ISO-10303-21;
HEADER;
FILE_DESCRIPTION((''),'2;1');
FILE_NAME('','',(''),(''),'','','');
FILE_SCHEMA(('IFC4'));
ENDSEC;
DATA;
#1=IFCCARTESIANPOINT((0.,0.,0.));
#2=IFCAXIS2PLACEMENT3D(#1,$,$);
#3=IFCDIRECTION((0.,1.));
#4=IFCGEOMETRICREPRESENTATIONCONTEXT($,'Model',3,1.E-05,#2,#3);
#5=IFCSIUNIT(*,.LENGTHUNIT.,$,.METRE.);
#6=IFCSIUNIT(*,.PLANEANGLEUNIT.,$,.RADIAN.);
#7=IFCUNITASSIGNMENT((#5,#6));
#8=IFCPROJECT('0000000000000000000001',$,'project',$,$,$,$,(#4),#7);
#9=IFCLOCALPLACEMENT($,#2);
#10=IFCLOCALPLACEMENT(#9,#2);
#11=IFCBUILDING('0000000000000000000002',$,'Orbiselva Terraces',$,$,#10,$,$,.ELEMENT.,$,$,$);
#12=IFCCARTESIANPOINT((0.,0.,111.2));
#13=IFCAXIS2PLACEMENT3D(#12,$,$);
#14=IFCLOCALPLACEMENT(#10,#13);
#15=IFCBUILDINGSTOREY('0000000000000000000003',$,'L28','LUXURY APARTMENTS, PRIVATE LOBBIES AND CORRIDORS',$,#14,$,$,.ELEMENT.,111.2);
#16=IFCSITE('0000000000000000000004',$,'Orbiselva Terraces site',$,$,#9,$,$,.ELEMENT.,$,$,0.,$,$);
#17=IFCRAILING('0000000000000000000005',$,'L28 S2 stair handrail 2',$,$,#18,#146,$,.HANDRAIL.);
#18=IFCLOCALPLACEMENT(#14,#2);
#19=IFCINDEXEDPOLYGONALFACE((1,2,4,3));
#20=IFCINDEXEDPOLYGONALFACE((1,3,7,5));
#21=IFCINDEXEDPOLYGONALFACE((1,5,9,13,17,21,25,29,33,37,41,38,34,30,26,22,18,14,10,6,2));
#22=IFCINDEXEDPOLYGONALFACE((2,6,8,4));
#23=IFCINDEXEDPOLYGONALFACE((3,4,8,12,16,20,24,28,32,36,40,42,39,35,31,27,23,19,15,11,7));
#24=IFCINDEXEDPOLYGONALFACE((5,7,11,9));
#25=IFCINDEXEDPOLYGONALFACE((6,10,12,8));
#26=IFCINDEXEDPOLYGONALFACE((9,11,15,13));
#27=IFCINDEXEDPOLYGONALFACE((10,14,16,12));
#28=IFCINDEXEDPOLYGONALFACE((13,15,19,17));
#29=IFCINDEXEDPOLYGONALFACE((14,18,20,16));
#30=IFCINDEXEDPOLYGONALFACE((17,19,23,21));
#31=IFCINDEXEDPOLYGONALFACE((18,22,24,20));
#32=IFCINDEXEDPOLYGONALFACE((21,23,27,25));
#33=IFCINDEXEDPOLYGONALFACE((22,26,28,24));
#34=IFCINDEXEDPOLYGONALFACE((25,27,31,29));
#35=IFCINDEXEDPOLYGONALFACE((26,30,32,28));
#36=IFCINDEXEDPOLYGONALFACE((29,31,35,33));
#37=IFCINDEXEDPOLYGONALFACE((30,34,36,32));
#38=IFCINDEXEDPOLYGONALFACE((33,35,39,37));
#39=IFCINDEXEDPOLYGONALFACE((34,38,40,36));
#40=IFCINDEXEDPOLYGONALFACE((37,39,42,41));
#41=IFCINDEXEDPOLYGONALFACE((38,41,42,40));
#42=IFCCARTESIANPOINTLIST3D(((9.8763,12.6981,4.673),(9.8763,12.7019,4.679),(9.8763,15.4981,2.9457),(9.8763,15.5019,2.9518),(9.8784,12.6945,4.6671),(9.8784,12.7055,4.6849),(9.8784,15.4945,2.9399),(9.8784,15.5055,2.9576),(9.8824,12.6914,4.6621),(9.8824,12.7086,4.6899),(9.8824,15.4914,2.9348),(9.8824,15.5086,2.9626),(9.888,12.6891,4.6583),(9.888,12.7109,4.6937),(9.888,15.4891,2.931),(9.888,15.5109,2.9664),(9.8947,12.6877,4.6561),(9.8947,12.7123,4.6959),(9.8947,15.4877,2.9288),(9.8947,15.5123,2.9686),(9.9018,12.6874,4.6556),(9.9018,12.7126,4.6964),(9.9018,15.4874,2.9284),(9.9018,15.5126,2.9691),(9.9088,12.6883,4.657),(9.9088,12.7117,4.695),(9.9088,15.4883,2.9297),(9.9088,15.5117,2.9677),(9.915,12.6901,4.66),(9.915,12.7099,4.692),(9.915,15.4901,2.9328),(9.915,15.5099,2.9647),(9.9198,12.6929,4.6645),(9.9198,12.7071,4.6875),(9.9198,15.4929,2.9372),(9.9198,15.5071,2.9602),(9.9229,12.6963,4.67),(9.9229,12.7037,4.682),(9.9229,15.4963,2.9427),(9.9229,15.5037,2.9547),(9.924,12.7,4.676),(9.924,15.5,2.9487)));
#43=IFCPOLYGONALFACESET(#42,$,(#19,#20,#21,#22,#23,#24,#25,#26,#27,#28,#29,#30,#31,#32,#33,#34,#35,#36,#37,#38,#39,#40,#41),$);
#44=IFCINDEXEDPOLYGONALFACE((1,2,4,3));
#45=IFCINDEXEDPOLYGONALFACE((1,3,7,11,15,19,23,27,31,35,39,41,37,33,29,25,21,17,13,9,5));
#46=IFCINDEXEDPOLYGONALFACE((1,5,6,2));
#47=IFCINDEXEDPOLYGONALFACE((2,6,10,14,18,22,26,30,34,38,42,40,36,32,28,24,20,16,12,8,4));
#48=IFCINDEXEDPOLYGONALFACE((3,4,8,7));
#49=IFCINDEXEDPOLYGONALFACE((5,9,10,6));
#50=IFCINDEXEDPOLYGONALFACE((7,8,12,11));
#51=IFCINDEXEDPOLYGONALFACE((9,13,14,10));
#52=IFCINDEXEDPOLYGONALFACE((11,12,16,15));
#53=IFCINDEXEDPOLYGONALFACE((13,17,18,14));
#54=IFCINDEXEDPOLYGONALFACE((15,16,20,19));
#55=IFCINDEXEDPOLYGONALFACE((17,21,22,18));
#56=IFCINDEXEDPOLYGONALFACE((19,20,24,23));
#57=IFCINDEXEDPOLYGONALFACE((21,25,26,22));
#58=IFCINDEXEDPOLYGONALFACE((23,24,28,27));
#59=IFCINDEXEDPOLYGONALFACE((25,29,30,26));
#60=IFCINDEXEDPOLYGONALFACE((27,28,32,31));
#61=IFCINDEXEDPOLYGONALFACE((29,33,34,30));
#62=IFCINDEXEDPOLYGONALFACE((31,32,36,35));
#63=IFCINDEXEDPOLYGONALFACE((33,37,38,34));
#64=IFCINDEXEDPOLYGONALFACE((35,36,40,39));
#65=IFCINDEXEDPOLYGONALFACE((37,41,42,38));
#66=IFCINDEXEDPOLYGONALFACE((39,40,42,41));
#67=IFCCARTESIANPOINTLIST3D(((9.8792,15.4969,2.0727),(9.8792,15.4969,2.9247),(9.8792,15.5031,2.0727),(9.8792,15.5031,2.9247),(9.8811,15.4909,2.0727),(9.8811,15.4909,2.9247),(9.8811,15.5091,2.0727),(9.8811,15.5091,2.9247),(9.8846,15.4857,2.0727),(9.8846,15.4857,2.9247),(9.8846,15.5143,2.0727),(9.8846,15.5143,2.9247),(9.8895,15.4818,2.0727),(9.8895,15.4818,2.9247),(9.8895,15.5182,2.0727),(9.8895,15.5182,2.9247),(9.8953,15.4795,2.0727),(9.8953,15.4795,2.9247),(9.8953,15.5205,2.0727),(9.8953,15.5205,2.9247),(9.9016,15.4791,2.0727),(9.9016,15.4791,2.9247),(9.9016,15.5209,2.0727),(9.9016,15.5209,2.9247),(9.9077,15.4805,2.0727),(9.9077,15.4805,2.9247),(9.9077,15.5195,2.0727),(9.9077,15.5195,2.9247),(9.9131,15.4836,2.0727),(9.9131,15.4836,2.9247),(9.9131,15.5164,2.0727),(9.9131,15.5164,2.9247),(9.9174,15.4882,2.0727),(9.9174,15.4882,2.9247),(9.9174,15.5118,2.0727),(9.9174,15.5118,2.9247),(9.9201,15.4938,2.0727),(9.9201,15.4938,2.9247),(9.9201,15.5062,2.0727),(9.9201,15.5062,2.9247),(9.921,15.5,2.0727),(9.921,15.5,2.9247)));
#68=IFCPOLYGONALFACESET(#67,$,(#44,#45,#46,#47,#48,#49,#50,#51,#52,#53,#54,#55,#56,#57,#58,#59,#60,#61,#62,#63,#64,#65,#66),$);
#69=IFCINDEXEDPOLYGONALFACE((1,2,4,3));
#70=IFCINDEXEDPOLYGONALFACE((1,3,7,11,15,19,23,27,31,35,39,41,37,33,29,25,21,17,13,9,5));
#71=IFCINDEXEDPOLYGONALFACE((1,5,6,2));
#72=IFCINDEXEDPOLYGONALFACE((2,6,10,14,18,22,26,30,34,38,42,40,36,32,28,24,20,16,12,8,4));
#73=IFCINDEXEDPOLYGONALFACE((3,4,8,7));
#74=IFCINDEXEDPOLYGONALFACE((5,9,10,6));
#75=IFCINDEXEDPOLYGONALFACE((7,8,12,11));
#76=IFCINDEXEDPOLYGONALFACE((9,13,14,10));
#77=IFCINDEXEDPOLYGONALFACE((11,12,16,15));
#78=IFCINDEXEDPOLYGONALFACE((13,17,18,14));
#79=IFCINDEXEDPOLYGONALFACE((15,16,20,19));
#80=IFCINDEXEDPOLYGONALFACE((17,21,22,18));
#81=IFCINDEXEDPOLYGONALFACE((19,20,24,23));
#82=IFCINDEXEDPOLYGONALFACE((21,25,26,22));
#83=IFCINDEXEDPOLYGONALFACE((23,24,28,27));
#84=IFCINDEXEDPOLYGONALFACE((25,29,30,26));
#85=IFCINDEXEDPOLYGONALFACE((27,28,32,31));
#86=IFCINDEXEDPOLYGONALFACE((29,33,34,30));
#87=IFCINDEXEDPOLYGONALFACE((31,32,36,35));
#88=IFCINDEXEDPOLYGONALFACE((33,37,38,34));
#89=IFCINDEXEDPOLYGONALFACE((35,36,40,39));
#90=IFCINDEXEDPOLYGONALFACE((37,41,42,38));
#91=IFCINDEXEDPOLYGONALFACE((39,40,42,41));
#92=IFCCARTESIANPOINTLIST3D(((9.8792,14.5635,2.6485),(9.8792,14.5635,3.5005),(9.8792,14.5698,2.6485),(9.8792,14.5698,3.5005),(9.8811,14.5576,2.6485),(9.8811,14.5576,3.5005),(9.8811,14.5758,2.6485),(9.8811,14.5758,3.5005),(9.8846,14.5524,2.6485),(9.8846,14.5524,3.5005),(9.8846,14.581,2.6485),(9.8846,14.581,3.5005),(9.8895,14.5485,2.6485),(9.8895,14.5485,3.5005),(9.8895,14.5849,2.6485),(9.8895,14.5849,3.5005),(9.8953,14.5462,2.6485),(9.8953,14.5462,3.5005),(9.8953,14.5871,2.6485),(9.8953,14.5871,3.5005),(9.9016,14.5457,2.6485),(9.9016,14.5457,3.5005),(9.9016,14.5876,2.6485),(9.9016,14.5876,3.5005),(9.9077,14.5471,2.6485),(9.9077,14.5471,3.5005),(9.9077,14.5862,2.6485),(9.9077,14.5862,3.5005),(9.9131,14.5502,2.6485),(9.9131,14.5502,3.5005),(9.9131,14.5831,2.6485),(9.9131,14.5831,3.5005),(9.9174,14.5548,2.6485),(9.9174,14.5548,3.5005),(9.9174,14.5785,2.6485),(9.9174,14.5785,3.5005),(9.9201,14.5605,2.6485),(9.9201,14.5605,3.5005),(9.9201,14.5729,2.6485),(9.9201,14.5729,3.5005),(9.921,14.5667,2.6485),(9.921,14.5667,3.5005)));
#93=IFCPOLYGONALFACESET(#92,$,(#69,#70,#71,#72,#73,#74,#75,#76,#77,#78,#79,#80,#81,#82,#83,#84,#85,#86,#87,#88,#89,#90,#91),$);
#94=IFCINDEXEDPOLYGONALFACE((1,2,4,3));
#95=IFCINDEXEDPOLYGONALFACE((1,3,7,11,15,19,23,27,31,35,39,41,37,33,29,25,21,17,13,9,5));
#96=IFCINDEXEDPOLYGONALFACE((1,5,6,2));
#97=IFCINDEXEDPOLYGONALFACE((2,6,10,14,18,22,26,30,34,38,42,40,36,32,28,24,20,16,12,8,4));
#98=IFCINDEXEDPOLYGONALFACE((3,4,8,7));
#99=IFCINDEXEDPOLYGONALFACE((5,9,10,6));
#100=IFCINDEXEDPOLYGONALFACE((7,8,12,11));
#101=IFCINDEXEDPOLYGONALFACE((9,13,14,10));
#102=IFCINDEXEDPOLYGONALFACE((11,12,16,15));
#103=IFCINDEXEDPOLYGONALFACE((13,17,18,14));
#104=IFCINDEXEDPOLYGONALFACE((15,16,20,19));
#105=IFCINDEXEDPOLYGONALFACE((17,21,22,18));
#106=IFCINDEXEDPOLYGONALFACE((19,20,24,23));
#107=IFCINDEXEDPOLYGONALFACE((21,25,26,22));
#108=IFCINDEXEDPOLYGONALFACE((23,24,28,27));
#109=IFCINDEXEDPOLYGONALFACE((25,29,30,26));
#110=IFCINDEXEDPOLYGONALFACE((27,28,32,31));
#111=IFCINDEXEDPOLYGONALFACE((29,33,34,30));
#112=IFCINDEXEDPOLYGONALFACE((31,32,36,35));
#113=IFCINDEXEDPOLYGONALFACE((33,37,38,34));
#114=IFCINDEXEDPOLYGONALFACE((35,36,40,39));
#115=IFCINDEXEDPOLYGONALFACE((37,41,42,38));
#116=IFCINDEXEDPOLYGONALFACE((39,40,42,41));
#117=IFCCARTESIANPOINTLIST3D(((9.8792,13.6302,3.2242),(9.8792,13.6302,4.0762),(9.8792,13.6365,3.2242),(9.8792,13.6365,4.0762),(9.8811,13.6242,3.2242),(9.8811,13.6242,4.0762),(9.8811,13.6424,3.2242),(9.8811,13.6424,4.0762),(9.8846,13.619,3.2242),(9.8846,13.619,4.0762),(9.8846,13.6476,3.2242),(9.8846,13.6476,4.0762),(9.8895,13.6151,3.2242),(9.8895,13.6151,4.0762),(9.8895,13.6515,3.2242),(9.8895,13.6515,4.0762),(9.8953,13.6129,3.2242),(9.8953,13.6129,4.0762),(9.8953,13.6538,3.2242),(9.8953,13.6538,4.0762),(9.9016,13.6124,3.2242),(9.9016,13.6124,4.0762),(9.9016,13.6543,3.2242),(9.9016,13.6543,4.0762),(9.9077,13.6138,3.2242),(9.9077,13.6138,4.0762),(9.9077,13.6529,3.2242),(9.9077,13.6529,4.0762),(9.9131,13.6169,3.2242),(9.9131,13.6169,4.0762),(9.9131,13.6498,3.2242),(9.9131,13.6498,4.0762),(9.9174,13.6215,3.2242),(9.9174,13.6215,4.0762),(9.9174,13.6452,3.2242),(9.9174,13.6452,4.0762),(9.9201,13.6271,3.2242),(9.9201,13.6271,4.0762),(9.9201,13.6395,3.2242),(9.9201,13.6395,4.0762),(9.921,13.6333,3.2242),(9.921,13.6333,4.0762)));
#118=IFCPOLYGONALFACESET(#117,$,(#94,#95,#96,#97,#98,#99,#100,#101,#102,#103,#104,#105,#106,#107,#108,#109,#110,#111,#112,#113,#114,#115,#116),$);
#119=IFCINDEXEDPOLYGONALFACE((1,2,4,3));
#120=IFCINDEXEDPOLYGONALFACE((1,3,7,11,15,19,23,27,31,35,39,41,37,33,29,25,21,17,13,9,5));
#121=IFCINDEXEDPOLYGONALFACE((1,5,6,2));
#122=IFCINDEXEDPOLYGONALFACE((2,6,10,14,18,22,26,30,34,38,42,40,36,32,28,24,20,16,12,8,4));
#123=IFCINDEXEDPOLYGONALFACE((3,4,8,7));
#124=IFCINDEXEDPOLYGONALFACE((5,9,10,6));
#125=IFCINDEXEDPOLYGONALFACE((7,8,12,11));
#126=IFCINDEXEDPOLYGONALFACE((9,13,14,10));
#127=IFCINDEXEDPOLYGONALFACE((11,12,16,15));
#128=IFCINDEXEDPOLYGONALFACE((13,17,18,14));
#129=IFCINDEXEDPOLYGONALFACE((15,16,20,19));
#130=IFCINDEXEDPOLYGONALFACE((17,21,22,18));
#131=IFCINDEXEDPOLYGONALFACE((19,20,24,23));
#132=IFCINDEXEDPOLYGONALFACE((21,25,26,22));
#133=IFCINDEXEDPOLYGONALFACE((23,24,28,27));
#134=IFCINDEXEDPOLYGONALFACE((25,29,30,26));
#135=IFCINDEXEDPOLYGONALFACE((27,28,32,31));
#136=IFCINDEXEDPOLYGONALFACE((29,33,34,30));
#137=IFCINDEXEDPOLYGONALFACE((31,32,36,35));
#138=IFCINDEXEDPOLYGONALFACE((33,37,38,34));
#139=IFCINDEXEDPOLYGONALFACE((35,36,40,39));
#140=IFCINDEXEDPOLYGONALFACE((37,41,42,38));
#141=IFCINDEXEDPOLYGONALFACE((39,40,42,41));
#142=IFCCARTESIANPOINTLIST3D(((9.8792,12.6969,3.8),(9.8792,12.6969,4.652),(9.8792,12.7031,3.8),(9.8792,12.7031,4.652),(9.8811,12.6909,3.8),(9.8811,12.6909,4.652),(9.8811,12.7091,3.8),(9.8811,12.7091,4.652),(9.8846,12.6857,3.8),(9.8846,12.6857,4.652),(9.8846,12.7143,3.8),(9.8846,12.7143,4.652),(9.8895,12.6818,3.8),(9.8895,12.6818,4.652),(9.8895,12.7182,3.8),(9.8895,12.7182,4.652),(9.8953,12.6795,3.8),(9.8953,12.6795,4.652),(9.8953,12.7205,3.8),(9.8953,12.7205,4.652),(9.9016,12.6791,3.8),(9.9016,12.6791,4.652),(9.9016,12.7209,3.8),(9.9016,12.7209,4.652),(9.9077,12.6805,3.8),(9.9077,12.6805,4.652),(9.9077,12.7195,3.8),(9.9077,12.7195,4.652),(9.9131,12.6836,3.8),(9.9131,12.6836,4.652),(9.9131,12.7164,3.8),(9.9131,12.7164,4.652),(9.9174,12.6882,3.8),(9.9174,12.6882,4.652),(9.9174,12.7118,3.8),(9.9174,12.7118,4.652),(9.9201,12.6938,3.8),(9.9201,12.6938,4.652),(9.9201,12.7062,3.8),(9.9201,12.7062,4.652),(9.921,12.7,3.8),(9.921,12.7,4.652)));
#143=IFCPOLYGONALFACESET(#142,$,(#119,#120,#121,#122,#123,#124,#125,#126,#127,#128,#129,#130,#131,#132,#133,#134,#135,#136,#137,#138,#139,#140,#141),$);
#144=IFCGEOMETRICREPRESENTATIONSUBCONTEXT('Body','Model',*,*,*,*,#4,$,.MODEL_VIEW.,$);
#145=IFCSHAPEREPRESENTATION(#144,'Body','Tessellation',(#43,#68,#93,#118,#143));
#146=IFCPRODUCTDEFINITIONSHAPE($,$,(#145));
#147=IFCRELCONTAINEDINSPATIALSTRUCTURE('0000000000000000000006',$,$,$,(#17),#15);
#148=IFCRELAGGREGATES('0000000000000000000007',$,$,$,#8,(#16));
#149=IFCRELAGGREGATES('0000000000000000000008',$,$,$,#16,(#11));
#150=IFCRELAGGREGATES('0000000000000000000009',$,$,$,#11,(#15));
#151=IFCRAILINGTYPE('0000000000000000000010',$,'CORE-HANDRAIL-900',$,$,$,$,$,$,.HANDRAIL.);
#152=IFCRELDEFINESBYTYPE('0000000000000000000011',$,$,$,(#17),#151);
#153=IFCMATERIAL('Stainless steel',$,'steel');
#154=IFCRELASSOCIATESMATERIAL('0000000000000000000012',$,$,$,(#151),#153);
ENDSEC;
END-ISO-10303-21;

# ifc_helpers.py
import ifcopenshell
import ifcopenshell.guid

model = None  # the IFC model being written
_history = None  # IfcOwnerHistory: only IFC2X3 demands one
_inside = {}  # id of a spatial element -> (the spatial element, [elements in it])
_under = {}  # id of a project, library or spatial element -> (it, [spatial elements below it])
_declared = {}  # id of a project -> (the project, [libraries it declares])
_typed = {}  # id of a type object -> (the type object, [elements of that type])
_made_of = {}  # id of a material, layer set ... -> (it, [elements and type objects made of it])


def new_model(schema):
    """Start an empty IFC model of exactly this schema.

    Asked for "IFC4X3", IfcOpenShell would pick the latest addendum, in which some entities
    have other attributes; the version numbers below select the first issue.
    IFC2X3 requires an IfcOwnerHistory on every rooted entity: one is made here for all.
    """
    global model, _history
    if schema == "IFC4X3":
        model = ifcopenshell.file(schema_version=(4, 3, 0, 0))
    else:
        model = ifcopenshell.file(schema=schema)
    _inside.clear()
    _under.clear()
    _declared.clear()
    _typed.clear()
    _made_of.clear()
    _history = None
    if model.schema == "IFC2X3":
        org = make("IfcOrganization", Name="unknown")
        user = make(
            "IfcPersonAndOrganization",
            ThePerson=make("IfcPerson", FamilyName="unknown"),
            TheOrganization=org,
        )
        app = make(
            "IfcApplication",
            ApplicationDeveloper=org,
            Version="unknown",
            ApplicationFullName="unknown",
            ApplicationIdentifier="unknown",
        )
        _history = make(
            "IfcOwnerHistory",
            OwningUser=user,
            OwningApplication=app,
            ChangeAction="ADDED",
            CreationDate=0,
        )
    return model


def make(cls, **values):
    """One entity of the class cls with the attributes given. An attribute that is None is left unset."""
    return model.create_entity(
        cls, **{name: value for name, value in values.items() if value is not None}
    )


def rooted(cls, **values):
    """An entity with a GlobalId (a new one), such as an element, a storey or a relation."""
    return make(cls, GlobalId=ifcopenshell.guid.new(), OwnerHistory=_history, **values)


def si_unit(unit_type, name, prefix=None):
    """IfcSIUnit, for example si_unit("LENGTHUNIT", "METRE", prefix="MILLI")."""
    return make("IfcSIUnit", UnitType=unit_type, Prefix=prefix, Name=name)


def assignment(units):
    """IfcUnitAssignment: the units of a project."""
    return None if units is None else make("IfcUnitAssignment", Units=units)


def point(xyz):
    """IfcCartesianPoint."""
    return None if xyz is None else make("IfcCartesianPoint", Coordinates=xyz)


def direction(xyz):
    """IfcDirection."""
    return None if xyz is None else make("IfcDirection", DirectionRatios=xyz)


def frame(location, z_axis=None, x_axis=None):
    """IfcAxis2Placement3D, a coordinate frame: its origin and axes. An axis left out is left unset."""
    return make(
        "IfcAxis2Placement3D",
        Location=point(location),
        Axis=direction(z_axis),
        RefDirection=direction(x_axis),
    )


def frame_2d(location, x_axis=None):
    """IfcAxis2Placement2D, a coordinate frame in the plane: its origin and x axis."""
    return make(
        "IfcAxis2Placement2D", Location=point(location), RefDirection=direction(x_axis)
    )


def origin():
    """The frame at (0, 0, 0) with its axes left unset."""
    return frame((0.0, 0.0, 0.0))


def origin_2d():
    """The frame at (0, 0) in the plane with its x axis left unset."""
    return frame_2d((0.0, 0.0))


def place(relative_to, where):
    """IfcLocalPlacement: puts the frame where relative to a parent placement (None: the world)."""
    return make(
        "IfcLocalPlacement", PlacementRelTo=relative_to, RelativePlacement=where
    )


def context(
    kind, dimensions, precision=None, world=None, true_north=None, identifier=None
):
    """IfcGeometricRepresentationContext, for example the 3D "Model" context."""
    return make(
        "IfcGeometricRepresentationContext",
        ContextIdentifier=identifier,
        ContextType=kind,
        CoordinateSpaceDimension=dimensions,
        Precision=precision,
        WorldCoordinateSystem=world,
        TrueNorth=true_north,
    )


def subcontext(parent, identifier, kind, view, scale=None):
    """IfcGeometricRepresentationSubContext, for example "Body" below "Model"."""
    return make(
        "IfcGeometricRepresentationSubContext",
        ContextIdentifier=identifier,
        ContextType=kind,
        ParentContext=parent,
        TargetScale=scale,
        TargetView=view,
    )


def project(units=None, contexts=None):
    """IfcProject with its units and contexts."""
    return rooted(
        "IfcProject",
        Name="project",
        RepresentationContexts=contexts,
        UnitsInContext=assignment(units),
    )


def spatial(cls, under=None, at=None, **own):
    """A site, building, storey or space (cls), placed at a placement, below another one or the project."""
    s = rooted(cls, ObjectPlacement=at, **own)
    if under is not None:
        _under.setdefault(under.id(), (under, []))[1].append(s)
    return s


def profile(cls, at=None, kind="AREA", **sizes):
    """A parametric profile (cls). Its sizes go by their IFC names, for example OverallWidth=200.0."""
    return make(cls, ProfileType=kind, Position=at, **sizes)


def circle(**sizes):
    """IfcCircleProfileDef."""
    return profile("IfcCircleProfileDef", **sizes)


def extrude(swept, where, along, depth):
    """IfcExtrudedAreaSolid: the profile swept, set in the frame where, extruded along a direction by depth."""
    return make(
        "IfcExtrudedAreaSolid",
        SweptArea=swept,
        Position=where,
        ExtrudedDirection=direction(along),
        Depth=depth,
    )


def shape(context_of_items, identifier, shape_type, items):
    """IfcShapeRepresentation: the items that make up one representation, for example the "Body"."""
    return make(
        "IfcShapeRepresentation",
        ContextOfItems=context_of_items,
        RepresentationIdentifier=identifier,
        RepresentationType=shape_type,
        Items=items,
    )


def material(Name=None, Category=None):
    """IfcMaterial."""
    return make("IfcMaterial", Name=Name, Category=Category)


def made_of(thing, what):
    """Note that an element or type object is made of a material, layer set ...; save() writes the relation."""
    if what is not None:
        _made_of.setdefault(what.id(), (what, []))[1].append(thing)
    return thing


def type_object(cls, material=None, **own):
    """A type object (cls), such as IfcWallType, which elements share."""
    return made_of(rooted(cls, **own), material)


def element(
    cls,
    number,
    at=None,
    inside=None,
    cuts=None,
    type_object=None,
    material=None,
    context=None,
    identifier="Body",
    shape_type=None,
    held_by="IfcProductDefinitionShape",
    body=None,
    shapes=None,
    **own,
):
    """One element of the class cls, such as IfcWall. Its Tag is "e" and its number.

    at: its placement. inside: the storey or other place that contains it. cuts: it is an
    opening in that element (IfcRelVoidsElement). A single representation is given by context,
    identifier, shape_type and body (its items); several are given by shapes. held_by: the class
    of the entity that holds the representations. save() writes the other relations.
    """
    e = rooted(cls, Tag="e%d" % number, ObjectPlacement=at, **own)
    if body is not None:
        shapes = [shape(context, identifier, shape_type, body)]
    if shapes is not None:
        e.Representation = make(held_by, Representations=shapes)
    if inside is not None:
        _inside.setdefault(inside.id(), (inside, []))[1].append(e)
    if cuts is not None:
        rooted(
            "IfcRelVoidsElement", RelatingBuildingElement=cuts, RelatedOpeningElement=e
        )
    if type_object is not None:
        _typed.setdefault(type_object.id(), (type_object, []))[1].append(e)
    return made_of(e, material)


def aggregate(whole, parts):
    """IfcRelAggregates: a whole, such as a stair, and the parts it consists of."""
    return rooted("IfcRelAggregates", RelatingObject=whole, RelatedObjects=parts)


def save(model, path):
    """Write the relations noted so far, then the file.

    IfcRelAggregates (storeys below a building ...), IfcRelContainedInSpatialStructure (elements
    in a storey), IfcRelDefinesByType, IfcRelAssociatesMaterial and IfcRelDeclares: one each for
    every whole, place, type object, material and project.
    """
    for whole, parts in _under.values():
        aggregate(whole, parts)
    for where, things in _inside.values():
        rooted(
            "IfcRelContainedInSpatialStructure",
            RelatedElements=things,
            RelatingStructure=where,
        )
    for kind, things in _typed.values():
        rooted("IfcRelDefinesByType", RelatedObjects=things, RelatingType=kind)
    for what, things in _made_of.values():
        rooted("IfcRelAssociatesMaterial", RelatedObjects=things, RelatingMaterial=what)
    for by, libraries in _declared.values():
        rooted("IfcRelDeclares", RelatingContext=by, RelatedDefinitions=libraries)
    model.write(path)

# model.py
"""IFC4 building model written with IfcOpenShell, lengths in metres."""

from ifc_helpers import new_model, si_unit, direction, frame, origin, origin_2d, place, context, subcontext, project, spatial, circle, extrude, material, type_object, element, save


model = new_model("IFC4")

# Units and contexts
model_context = context("Model", 3, precision=1e-05, world=origin(), true_north=direction((0.0, 1.0)))
body_context = subcontext(model_context, "Body", "Model", "MODEL_VIEW")
ifc_project = project(units=[si_unit("LENGTHUNIT", "METRE"), si_unit("PLANEANGLEUNIT", "RADIAN")], contexts=[model_context])

# Site, building, storey
site_placement = place(None, origin())
site = spatial("IfcSite", under=ifc_project, at=site_placement, Name="Orbiselva Terraces site", CompositionType="ELEMENT", RefElevation=0.0)
building_placement = place(site_placement, origin())
building = spatial("IfcBuilding", under=site, at=building_placement, Name="Orbiselva Terraces", CompositionType="ELEMENT")
storey_placement = place(building_placement, frame((0.0, 0.0, 111.2)))
storey = spatial("IfcBuildingStorey", under=building, at=storey_placement, Name="L28", Description="LUXURY APARTMENTS, PRIVATE LOBBIES AND CORRIDORS", CompositionType="ELEMENT", Elevation=111.2)

# Railing
ifc_material_1 = material(Name="Stainless steel", Category="steel")
railing_type = type_object("IfcRailingType", Name="CORE-HANDRAIL-900", PredefinedType="HANDRAIL", material=ifc_material_1)
railing_placement = place(storey_placement, frame((9.9, 15.5, 2.0727)))
element("IfcRailing", 1, at=railing_placement, inside=storey, type_object=railing_type, Name="L28 S2 stair handrail 2", PredefinedType="HANDRAIL", context=body_context, shape_type="SweptSolid", body=[
    extrude(circle(Radius=0.024, at=origin_2d()), frame((0.0, 0.0, 0.876), z_axis=(0.0, -0.851089, 0.525022), x_axis=(1.0, 0.0, 0.0)), (0.0, 0.0, 1.0), 3.2899),
    extrude(circle(Radius=0.021, at=origin_2d()), origin(), (0.0, 0.0, 1.0), 0.852),
    extrude(circle(Radius=0.021, at=origin_2d()), frame((0.0, -0.9333, 0.5758)), (0.0, 0.0, 1.0), 0.852),
    extrude(circle(Radius=0.021, at=origin_2d()), frame((0.0, -1.8667, 1.1515)), (0.0, 0.0, 1.0), 0.852),
    extrude(circle(Radius=0.021, at=origin_2d()), frame((0.0, -2.8, 1.7273)), (0.0, 0.0, 1.0), 0.852),
])

save(model, "model.ifc")
